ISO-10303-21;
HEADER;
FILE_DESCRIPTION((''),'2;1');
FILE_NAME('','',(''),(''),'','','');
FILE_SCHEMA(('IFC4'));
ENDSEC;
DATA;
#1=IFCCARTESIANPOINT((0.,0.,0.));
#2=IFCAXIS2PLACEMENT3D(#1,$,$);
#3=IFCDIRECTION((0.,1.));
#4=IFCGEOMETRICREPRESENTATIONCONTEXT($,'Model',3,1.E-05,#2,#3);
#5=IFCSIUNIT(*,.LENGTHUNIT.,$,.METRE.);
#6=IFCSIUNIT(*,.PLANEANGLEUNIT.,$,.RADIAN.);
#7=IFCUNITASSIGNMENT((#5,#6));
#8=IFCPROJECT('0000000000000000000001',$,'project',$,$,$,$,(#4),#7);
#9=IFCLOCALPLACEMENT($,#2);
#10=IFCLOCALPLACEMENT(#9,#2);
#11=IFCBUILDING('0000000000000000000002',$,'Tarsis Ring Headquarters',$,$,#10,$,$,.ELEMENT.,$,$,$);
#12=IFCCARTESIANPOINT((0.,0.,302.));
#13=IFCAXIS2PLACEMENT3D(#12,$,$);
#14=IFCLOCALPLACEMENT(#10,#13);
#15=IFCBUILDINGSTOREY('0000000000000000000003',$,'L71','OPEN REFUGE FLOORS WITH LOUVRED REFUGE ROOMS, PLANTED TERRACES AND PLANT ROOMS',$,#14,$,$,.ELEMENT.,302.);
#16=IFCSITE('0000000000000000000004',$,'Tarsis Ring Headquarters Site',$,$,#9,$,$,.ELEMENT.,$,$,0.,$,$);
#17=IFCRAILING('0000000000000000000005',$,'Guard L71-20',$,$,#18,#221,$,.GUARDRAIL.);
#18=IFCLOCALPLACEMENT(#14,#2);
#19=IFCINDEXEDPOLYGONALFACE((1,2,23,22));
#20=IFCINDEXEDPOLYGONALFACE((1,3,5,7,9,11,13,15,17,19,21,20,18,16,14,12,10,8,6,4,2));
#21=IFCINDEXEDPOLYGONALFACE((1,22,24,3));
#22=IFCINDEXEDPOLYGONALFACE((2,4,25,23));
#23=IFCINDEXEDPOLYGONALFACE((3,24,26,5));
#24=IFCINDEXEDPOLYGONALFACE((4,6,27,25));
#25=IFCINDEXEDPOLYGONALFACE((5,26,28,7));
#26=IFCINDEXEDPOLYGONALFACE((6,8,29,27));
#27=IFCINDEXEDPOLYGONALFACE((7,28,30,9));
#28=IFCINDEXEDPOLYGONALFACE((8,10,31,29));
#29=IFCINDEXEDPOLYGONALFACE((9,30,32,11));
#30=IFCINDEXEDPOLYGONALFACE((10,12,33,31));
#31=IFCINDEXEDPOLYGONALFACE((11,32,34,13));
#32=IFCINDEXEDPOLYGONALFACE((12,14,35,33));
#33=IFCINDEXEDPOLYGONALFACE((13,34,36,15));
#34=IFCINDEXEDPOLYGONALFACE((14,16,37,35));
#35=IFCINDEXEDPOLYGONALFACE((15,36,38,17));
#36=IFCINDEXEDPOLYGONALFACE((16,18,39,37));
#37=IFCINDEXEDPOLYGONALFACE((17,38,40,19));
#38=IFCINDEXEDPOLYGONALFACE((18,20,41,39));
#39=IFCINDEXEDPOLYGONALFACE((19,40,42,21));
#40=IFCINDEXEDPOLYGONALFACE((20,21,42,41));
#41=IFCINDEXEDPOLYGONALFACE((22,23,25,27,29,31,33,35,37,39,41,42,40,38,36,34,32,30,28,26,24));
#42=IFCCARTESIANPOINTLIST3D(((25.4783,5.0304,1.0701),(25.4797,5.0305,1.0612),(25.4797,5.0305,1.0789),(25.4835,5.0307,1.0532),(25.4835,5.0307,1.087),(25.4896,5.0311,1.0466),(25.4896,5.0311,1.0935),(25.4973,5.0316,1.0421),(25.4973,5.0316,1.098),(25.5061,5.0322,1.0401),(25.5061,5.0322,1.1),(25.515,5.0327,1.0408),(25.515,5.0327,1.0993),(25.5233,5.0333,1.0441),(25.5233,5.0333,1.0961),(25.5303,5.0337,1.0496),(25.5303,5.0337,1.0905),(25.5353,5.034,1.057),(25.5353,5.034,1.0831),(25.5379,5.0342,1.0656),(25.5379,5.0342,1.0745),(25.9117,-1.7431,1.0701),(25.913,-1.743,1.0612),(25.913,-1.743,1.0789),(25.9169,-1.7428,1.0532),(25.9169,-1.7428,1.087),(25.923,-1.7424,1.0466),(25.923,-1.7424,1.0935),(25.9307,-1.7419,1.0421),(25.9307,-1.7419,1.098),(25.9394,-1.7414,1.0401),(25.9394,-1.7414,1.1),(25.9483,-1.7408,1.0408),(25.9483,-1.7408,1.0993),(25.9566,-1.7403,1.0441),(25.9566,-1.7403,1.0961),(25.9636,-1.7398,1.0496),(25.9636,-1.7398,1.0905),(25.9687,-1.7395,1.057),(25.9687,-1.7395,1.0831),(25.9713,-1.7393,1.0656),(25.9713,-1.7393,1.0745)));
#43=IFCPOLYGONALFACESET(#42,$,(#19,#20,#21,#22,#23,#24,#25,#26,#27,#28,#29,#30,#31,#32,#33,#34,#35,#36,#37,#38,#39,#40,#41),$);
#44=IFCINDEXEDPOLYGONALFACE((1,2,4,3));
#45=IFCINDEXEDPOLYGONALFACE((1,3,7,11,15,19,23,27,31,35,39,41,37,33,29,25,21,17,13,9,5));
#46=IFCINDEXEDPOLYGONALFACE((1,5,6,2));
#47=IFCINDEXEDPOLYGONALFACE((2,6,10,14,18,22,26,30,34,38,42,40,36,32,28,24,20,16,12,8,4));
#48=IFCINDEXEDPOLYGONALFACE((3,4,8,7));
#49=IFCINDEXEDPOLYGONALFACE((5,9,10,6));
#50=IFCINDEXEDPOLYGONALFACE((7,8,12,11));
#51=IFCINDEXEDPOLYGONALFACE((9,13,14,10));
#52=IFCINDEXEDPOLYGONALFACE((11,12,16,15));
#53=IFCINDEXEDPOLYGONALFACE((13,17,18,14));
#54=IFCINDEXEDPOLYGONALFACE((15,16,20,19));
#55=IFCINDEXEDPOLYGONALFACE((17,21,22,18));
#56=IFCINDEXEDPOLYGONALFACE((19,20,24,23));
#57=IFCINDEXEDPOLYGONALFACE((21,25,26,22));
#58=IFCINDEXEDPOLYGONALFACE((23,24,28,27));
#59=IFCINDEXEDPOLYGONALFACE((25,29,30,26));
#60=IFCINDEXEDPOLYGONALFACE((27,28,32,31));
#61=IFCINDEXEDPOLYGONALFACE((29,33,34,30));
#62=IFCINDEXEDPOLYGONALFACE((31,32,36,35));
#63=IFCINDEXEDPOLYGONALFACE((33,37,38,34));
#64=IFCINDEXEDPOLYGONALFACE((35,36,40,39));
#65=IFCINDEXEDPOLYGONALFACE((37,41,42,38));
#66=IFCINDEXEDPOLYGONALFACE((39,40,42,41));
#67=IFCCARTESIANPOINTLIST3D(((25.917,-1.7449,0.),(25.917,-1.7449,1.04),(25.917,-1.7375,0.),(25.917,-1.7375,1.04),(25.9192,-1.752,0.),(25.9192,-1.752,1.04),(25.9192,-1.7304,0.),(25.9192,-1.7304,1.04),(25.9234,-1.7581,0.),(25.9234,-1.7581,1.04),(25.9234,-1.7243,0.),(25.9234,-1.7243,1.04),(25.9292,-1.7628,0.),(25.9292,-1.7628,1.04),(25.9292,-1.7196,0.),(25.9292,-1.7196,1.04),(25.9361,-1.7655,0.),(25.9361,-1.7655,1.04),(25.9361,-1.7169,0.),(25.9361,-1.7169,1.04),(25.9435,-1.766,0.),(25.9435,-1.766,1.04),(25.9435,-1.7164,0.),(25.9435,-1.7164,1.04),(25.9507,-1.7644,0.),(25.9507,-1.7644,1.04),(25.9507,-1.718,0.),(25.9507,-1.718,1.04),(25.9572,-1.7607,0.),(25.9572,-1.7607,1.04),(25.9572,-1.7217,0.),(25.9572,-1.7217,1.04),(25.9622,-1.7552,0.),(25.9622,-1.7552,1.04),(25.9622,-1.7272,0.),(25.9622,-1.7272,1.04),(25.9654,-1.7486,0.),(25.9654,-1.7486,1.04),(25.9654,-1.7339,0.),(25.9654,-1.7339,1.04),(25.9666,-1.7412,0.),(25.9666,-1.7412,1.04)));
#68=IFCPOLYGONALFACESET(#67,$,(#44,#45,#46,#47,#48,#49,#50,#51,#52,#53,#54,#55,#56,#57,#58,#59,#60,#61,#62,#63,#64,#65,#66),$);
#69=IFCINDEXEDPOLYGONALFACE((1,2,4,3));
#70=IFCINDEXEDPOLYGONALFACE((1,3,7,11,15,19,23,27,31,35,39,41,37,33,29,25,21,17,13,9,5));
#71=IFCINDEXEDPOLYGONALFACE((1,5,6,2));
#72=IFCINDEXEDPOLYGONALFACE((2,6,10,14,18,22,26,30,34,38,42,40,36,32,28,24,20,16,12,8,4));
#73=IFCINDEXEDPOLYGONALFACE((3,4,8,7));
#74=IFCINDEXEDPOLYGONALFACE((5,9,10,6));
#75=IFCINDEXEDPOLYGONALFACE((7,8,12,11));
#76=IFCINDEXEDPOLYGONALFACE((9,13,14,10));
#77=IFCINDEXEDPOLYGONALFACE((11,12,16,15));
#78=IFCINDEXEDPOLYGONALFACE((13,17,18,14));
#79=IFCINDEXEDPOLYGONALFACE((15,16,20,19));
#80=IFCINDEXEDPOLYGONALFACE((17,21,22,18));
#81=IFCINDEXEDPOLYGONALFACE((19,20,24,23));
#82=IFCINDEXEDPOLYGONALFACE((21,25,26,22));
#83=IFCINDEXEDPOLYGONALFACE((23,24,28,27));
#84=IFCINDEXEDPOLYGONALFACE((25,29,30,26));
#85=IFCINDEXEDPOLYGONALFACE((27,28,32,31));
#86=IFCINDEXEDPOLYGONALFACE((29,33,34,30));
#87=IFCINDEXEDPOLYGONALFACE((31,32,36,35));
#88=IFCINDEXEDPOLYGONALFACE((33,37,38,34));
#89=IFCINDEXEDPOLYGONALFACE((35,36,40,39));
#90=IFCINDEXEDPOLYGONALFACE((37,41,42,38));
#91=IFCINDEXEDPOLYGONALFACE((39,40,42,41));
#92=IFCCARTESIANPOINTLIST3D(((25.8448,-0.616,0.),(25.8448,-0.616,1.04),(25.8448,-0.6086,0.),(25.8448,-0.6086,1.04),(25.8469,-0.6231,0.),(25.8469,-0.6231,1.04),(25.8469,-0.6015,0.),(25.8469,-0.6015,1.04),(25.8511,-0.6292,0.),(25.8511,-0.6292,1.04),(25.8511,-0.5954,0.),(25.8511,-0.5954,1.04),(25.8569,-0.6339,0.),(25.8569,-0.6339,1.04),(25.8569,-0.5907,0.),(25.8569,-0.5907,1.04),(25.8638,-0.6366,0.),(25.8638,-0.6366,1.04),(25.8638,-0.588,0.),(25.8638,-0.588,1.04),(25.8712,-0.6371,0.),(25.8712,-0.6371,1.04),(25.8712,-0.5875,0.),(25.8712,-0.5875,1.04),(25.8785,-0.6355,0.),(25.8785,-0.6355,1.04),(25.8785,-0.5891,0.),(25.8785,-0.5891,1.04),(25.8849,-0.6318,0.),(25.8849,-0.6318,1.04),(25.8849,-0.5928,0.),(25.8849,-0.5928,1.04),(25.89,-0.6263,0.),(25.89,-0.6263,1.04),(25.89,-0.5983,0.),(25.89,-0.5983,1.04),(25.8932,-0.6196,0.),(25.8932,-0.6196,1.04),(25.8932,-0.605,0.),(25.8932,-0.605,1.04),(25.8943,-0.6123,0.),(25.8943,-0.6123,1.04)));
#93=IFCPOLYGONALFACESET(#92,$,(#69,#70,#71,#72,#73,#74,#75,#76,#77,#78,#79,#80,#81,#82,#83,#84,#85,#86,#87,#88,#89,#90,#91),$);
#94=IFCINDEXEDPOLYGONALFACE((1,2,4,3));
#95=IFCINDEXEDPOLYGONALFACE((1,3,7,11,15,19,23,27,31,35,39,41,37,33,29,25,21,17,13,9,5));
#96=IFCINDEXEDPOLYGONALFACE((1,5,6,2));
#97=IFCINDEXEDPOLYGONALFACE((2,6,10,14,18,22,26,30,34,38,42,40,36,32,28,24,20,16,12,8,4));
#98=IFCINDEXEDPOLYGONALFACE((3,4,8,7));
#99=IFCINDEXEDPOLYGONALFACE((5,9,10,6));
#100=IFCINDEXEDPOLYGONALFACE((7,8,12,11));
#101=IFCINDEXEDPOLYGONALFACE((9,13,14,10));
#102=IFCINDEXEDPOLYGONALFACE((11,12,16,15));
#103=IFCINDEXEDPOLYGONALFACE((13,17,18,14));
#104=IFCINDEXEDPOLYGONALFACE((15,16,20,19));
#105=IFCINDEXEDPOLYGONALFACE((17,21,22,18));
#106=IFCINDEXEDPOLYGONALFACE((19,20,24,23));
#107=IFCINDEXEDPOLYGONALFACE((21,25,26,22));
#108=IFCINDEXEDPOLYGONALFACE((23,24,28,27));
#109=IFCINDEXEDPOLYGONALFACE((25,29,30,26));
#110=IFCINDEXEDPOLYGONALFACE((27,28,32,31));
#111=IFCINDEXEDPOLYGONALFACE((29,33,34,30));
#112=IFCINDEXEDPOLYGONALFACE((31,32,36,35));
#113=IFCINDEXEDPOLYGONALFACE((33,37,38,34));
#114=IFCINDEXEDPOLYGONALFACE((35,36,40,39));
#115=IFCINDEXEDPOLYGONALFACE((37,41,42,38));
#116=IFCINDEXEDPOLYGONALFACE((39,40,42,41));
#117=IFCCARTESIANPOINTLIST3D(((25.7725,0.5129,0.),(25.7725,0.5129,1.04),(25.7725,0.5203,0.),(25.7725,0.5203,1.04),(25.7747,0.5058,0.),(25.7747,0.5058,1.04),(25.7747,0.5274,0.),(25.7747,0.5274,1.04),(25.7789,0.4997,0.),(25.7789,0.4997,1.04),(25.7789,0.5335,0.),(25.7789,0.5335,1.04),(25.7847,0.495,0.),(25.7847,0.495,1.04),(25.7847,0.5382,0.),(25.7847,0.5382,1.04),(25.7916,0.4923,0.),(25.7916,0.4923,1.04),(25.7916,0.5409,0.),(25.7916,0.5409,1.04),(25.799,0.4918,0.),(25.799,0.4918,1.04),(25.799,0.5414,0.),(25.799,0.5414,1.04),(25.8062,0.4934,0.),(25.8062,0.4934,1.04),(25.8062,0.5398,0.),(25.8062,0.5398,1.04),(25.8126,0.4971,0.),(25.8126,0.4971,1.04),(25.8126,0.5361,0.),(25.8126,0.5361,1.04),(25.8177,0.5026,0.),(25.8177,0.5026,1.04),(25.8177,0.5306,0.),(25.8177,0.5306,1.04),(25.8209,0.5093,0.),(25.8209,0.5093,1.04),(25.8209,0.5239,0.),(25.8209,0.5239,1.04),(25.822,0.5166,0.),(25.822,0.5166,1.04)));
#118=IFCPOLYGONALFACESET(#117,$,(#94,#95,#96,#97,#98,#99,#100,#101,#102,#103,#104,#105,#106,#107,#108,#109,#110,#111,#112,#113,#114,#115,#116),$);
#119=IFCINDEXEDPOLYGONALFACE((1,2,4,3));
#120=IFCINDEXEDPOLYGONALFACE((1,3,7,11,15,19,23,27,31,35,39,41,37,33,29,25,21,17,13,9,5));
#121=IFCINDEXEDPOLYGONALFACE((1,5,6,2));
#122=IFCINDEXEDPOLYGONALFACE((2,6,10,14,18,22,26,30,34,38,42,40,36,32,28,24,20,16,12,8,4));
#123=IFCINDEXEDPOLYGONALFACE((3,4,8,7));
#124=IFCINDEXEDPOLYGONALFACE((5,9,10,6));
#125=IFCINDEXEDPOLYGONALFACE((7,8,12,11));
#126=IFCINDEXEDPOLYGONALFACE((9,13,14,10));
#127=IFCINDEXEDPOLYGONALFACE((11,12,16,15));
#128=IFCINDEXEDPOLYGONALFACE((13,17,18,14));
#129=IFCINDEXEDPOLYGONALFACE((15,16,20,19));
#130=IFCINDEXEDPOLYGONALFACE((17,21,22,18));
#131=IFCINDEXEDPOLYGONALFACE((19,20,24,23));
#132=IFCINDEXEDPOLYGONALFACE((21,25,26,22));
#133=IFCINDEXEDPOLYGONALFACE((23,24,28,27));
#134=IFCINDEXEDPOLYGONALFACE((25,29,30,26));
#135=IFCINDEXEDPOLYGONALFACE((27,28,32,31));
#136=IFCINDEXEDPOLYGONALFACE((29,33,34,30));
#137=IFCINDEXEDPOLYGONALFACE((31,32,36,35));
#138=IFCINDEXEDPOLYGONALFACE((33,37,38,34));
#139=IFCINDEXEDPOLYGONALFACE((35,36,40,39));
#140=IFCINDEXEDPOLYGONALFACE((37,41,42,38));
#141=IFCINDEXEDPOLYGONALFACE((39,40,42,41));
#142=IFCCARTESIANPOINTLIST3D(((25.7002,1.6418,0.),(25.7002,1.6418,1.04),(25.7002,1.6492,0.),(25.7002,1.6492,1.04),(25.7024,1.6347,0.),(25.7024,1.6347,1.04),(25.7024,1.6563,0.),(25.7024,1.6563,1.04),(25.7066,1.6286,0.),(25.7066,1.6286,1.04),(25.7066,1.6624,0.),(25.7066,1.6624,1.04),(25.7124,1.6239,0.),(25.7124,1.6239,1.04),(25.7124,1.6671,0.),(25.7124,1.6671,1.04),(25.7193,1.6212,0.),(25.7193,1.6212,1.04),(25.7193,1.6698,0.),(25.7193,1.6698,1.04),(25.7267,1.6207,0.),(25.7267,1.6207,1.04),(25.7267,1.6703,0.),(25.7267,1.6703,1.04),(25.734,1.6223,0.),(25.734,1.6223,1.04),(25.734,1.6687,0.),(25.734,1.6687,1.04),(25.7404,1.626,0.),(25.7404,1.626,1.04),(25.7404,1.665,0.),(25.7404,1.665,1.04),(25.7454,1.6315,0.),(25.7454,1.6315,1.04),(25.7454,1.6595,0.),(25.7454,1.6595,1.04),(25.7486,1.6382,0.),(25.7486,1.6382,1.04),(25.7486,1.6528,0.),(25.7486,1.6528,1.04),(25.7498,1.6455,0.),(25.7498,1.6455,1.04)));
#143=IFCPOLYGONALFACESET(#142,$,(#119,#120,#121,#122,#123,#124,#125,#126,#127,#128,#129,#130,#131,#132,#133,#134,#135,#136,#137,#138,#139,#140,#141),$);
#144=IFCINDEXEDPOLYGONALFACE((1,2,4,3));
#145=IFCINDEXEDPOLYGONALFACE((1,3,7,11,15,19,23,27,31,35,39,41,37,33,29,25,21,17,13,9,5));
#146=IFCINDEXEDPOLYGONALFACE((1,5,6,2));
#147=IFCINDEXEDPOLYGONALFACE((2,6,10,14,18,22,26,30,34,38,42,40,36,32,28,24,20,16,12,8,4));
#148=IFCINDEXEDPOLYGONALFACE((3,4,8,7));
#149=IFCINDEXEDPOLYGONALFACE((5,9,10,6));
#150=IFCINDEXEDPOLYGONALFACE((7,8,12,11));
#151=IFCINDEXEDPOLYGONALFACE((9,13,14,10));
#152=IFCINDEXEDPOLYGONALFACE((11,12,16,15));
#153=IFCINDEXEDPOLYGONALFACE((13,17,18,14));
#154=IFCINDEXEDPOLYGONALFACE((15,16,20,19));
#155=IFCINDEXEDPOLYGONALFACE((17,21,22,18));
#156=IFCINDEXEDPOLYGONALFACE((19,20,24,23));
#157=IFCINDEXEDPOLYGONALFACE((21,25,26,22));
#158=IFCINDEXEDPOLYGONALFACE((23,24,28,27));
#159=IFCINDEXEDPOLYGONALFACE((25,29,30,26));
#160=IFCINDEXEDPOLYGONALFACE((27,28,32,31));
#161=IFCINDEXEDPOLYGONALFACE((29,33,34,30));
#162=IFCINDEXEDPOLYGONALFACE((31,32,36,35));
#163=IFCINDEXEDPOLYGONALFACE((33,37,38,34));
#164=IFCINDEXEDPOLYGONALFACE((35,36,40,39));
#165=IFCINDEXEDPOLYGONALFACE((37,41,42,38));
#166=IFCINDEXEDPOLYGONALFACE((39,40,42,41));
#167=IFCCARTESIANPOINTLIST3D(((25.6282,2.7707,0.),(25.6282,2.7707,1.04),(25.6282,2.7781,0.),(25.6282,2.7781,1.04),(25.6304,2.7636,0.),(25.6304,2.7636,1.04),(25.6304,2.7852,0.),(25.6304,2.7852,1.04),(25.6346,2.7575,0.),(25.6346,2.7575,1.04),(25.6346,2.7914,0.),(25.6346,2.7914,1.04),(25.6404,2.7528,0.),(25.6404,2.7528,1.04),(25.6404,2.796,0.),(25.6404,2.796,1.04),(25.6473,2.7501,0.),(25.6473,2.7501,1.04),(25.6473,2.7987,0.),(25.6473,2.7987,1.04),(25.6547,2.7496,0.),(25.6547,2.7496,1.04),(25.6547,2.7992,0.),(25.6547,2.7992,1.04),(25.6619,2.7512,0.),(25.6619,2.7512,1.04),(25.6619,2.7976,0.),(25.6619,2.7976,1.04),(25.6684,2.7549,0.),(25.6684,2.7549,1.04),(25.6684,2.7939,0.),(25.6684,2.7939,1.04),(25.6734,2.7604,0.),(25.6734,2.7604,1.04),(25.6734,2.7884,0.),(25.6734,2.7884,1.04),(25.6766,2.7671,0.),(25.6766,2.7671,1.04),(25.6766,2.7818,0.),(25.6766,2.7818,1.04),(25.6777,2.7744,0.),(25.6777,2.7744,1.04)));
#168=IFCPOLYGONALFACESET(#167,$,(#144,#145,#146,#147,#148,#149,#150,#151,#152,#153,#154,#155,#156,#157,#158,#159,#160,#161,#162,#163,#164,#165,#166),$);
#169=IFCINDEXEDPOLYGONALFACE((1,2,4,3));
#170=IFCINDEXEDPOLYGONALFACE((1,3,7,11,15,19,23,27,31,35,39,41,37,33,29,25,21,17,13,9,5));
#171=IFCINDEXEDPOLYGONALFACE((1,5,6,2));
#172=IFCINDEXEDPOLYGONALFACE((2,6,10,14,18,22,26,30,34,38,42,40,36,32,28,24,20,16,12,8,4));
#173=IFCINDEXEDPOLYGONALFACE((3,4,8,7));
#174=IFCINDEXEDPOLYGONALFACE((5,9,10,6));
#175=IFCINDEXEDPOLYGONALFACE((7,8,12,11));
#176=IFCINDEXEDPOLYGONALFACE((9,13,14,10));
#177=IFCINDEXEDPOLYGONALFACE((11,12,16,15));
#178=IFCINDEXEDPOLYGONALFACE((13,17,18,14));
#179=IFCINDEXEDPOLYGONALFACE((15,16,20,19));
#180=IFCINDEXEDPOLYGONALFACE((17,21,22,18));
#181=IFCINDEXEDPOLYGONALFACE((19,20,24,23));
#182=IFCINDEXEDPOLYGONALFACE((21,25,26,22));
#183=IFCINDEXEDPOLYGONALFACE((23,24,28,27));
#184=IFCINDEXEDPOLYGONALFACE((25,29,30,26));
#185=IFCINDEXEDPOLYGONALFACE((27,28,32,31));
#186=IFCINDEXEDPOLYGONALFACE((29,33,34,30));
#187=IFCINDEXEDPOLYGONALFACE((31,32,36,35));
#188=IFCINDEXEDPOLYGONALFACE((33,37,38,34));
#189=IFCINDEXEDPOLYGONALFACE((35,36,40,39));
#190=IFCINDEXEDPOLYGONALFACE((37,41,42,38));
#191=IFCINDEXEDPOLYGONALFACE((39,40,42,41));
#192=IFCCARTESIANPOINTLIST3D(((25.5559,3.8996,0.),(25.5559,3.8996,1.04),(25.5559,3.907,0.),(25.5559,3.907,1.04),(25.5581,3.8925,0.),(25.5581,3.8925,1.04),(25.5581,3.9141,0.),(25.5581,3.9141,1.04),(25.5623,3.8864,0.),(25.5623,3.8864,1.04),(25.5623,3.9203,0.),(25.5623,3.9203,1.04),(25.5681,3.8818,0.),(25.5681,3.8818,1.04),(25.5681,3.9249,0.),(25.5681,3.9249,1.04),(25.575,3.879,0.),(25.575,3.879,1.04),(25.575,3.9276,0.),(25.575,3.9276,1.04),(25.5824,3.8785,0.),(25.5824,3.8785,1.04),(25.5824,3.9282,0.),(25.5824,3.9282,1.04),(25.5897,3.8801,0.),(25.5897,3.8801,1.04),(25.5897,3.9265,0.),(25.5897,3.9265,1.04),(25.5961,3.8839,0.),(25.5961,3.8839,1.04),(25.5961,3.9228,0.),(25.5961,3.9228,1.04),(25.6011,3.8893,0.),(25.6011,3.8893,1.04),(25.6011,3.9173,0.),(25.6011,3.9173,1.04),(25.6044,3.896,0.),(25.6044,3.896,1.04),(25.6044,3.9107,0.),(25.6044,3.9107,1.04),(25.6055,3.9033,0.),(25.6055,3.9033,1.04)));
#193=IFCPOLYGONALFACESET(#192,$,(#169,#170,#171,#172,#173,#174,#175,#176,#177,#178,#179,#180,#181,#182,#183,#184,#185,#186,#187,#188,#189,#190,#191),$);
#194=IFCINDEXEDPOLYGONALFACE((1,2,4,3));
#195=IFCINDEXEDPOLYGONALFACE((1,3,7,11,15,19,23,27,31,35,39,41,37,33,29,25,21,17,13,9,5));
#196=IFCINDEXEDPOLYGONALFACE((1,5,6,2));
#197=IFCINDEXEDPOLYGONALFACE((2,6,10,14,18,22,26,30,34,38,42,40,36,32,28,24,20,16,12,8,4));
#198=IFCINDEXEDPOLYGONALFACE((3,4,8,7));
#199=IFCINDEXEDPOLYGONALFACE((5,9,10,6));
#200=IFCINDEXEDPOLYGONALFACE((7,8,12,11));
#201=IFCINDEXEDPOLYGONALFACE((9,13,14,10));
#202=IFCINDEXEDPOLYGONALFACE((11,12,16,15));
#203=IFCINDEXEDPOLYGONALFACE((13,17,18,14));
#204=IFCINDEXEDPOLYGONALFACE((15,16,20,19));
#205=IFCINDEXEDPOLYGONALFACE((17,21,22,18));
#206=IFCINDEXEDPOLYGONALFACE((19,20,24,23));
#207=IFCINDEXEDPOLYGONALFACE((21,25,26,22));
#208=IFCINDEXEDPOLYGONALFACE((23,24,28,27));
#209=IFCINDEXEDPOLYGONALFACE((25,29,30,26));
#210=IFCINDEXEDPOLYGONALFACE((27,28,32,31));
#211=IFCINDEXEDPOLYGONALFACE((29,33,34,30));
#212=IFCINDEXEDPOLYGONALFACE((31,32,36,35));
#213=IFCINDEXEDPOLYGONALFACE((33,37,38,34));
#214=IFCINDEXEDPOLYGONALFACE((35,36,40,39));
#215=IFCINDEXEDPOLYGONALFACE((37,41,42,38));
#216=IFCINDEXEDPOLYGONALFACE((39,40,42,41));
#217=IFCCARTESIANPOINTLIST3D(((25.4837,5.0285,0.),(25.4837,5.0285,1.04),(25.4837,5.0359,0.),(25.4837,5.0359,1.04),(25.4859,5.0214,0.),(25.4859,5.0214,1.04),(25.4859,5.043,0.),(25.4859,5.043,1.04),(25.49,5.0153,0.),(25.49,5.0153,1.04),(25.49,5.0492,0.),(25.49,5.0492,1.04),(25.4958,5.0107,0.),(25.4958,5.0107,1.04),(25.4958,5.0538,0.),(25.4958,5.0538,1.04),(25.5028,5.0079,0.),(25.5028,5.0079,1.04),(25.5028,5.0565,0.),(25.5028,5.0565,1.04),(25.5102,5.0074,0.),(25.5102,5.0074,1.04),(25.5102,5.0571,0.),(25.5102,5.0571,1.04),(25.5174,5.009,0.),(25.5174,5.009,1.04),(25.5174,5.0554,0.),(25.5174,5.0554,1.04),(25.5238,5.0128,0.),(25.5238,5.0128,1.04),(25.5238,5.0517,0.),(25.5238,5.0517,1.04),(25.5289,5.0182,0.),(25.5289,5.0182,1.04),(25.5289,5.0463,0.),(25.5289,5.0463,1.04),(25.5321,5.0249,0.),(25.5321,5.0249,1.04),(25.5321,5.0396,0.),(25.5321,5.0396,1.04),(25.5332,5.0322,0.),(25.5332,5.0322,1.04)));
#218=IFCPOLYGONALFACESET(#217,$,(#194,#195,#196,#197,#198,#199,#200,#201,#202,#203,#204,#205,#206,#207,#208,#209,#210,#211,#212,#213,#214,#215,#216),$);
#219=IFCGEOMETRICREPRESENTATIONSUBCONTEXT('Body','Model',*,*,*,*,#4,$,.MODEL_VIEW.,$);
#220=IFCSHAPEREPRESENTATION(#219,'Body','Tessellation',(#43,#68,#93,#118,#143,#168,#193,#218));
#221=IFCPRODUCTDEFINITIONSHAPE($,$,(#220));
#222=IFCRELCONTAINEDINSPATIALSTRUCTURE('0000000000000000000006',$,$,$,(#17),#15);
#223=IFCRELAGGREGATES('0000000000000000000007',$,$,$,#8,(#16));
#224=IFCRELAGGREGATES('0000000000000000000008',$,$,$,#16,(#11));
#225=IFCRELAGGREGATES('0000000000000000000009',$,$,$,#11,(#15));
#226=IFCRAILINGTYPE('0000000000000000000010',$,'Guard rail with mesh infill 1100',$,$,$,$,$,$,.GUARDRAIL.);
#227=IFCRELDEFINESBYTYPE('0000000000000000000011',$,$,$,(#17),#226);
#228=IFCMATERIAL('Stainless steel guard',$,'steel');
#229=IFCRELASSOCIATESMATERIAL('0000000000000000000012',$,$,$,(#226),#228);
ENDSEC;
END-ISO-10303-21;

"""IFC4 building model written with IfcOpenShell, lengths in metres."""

from ifc_helpers import new_model, si_unit, direction, frame, origin, origin_2d, place, context, subcontext, project, spatial, circle, extrude, material, type_object, element, save


model = new_model("IFC4")

# Units and contexts
model_context = context("Model", 3, precision=1e-05, world=origin(), true_north=direction((0.0, 1.0)))
body_context = subcontext(model_context, "Body", "Model", "MODEL_VIEW")
ifc_project = project(units=[si_unit("LENGTHUNIT", "METRE"), si_unit("PLANEANGLEUNIT", "RADIAN")], contexts=[model_context])

# Site, building, storey
site_placement = place(None, origin())
site = spatial("IfcSite", under=ifc_project, at=site_placement, Name="Tarsis Ring Headquarters Site", CompositionType="ELEMENT", RefElevation=0.0)
building_placement = place(site_placement, origin())
building = spatial("IfcBuilding", under=site, at=building_placement, Name="Tarsis Ring Headquarters", CompositionType="ELEMENT")
storey_placement = place(building_placement, frame((0.0, 0.0, 302.0)))
storey = spatial("IfcBuildingStorey", under=building, at=storey_placement, Name="L71", Description="OPEN REFUGE FLOORS WITH LOUVRED REFUGE ROOMS, PLANTED TERRACES AND PLANT ROOMS", CompositionType="ELEMENT", Elevation=302.0)

# Railing
ifc_material_1 = material(Name="Stainless steel guard", Category="steel")
railing_type = type_object("IfcRailingType", Name="Guard rail with mesh infill 1100", PredefinedType="GUARDRAIL", material=ifc_material_1)
railing_1_placement = place(storey_placement, frame((25.9417, -1.7412, 0.0)))
element("IfcRailing", 1, at=railing_1_placement, inside=storey, type_object=railing_type, Name="Guard L71-20", PredefinedType="GUARDRAIL", context=body_context, shape_type="SweptSolid", body=[
    extrude(circle(Radius=0.03, at=origin_2d()), frame((0.0, 0.0, 1.0701), z_axis=(-0.063847, 0.99796, 0.0), x_axis=(-0.99796, -0.063847, 0.0)), (0.0, 0.0, 1.0), 6.7874),
    extrude(circle(Radius=0.0249, at=origin_2d()), origin(), (0.0, 0.0, 1.0), 1.04),
    extrude(circle(Radius=0.0249, at=origin_2d()), frame((-0.0723, 1.1289, 0.0)), (0.0, 0.0, 1.0), 1.04),
    extrude(circle(Radius=0.0249, at=origin_2d()), frame((-0.1445, 2.2578, 0.0)), (0.0, 0.0, 1.0), 1.04),
    extrude(circle(Radius=0.0249, at=origin_2d()), frame((-0.2168, 3.3867, 0.0)), (0.0, 0.0, 1.0), 1.04),
    extrude(circle(Radius=0.0249, at=origin_2d()), frame((-0.2888, 4.5156, 0.0)), (0.0, 0.0, 1.0), 1.04),
    extrude(circle(Radius=0.0249, at=origin_2d()), frame((-0.3611, 5.6445, 0.0)), (0.0, 0.0, 1.0), 1.04),
    extrude(circle(Radius=0.0249, at=origin_2d()), frame((-0.4333, 6.7734, 0.0)), (0.0, 0.0, 1.0), 1.04),
])

save(model, "model.ifc")
